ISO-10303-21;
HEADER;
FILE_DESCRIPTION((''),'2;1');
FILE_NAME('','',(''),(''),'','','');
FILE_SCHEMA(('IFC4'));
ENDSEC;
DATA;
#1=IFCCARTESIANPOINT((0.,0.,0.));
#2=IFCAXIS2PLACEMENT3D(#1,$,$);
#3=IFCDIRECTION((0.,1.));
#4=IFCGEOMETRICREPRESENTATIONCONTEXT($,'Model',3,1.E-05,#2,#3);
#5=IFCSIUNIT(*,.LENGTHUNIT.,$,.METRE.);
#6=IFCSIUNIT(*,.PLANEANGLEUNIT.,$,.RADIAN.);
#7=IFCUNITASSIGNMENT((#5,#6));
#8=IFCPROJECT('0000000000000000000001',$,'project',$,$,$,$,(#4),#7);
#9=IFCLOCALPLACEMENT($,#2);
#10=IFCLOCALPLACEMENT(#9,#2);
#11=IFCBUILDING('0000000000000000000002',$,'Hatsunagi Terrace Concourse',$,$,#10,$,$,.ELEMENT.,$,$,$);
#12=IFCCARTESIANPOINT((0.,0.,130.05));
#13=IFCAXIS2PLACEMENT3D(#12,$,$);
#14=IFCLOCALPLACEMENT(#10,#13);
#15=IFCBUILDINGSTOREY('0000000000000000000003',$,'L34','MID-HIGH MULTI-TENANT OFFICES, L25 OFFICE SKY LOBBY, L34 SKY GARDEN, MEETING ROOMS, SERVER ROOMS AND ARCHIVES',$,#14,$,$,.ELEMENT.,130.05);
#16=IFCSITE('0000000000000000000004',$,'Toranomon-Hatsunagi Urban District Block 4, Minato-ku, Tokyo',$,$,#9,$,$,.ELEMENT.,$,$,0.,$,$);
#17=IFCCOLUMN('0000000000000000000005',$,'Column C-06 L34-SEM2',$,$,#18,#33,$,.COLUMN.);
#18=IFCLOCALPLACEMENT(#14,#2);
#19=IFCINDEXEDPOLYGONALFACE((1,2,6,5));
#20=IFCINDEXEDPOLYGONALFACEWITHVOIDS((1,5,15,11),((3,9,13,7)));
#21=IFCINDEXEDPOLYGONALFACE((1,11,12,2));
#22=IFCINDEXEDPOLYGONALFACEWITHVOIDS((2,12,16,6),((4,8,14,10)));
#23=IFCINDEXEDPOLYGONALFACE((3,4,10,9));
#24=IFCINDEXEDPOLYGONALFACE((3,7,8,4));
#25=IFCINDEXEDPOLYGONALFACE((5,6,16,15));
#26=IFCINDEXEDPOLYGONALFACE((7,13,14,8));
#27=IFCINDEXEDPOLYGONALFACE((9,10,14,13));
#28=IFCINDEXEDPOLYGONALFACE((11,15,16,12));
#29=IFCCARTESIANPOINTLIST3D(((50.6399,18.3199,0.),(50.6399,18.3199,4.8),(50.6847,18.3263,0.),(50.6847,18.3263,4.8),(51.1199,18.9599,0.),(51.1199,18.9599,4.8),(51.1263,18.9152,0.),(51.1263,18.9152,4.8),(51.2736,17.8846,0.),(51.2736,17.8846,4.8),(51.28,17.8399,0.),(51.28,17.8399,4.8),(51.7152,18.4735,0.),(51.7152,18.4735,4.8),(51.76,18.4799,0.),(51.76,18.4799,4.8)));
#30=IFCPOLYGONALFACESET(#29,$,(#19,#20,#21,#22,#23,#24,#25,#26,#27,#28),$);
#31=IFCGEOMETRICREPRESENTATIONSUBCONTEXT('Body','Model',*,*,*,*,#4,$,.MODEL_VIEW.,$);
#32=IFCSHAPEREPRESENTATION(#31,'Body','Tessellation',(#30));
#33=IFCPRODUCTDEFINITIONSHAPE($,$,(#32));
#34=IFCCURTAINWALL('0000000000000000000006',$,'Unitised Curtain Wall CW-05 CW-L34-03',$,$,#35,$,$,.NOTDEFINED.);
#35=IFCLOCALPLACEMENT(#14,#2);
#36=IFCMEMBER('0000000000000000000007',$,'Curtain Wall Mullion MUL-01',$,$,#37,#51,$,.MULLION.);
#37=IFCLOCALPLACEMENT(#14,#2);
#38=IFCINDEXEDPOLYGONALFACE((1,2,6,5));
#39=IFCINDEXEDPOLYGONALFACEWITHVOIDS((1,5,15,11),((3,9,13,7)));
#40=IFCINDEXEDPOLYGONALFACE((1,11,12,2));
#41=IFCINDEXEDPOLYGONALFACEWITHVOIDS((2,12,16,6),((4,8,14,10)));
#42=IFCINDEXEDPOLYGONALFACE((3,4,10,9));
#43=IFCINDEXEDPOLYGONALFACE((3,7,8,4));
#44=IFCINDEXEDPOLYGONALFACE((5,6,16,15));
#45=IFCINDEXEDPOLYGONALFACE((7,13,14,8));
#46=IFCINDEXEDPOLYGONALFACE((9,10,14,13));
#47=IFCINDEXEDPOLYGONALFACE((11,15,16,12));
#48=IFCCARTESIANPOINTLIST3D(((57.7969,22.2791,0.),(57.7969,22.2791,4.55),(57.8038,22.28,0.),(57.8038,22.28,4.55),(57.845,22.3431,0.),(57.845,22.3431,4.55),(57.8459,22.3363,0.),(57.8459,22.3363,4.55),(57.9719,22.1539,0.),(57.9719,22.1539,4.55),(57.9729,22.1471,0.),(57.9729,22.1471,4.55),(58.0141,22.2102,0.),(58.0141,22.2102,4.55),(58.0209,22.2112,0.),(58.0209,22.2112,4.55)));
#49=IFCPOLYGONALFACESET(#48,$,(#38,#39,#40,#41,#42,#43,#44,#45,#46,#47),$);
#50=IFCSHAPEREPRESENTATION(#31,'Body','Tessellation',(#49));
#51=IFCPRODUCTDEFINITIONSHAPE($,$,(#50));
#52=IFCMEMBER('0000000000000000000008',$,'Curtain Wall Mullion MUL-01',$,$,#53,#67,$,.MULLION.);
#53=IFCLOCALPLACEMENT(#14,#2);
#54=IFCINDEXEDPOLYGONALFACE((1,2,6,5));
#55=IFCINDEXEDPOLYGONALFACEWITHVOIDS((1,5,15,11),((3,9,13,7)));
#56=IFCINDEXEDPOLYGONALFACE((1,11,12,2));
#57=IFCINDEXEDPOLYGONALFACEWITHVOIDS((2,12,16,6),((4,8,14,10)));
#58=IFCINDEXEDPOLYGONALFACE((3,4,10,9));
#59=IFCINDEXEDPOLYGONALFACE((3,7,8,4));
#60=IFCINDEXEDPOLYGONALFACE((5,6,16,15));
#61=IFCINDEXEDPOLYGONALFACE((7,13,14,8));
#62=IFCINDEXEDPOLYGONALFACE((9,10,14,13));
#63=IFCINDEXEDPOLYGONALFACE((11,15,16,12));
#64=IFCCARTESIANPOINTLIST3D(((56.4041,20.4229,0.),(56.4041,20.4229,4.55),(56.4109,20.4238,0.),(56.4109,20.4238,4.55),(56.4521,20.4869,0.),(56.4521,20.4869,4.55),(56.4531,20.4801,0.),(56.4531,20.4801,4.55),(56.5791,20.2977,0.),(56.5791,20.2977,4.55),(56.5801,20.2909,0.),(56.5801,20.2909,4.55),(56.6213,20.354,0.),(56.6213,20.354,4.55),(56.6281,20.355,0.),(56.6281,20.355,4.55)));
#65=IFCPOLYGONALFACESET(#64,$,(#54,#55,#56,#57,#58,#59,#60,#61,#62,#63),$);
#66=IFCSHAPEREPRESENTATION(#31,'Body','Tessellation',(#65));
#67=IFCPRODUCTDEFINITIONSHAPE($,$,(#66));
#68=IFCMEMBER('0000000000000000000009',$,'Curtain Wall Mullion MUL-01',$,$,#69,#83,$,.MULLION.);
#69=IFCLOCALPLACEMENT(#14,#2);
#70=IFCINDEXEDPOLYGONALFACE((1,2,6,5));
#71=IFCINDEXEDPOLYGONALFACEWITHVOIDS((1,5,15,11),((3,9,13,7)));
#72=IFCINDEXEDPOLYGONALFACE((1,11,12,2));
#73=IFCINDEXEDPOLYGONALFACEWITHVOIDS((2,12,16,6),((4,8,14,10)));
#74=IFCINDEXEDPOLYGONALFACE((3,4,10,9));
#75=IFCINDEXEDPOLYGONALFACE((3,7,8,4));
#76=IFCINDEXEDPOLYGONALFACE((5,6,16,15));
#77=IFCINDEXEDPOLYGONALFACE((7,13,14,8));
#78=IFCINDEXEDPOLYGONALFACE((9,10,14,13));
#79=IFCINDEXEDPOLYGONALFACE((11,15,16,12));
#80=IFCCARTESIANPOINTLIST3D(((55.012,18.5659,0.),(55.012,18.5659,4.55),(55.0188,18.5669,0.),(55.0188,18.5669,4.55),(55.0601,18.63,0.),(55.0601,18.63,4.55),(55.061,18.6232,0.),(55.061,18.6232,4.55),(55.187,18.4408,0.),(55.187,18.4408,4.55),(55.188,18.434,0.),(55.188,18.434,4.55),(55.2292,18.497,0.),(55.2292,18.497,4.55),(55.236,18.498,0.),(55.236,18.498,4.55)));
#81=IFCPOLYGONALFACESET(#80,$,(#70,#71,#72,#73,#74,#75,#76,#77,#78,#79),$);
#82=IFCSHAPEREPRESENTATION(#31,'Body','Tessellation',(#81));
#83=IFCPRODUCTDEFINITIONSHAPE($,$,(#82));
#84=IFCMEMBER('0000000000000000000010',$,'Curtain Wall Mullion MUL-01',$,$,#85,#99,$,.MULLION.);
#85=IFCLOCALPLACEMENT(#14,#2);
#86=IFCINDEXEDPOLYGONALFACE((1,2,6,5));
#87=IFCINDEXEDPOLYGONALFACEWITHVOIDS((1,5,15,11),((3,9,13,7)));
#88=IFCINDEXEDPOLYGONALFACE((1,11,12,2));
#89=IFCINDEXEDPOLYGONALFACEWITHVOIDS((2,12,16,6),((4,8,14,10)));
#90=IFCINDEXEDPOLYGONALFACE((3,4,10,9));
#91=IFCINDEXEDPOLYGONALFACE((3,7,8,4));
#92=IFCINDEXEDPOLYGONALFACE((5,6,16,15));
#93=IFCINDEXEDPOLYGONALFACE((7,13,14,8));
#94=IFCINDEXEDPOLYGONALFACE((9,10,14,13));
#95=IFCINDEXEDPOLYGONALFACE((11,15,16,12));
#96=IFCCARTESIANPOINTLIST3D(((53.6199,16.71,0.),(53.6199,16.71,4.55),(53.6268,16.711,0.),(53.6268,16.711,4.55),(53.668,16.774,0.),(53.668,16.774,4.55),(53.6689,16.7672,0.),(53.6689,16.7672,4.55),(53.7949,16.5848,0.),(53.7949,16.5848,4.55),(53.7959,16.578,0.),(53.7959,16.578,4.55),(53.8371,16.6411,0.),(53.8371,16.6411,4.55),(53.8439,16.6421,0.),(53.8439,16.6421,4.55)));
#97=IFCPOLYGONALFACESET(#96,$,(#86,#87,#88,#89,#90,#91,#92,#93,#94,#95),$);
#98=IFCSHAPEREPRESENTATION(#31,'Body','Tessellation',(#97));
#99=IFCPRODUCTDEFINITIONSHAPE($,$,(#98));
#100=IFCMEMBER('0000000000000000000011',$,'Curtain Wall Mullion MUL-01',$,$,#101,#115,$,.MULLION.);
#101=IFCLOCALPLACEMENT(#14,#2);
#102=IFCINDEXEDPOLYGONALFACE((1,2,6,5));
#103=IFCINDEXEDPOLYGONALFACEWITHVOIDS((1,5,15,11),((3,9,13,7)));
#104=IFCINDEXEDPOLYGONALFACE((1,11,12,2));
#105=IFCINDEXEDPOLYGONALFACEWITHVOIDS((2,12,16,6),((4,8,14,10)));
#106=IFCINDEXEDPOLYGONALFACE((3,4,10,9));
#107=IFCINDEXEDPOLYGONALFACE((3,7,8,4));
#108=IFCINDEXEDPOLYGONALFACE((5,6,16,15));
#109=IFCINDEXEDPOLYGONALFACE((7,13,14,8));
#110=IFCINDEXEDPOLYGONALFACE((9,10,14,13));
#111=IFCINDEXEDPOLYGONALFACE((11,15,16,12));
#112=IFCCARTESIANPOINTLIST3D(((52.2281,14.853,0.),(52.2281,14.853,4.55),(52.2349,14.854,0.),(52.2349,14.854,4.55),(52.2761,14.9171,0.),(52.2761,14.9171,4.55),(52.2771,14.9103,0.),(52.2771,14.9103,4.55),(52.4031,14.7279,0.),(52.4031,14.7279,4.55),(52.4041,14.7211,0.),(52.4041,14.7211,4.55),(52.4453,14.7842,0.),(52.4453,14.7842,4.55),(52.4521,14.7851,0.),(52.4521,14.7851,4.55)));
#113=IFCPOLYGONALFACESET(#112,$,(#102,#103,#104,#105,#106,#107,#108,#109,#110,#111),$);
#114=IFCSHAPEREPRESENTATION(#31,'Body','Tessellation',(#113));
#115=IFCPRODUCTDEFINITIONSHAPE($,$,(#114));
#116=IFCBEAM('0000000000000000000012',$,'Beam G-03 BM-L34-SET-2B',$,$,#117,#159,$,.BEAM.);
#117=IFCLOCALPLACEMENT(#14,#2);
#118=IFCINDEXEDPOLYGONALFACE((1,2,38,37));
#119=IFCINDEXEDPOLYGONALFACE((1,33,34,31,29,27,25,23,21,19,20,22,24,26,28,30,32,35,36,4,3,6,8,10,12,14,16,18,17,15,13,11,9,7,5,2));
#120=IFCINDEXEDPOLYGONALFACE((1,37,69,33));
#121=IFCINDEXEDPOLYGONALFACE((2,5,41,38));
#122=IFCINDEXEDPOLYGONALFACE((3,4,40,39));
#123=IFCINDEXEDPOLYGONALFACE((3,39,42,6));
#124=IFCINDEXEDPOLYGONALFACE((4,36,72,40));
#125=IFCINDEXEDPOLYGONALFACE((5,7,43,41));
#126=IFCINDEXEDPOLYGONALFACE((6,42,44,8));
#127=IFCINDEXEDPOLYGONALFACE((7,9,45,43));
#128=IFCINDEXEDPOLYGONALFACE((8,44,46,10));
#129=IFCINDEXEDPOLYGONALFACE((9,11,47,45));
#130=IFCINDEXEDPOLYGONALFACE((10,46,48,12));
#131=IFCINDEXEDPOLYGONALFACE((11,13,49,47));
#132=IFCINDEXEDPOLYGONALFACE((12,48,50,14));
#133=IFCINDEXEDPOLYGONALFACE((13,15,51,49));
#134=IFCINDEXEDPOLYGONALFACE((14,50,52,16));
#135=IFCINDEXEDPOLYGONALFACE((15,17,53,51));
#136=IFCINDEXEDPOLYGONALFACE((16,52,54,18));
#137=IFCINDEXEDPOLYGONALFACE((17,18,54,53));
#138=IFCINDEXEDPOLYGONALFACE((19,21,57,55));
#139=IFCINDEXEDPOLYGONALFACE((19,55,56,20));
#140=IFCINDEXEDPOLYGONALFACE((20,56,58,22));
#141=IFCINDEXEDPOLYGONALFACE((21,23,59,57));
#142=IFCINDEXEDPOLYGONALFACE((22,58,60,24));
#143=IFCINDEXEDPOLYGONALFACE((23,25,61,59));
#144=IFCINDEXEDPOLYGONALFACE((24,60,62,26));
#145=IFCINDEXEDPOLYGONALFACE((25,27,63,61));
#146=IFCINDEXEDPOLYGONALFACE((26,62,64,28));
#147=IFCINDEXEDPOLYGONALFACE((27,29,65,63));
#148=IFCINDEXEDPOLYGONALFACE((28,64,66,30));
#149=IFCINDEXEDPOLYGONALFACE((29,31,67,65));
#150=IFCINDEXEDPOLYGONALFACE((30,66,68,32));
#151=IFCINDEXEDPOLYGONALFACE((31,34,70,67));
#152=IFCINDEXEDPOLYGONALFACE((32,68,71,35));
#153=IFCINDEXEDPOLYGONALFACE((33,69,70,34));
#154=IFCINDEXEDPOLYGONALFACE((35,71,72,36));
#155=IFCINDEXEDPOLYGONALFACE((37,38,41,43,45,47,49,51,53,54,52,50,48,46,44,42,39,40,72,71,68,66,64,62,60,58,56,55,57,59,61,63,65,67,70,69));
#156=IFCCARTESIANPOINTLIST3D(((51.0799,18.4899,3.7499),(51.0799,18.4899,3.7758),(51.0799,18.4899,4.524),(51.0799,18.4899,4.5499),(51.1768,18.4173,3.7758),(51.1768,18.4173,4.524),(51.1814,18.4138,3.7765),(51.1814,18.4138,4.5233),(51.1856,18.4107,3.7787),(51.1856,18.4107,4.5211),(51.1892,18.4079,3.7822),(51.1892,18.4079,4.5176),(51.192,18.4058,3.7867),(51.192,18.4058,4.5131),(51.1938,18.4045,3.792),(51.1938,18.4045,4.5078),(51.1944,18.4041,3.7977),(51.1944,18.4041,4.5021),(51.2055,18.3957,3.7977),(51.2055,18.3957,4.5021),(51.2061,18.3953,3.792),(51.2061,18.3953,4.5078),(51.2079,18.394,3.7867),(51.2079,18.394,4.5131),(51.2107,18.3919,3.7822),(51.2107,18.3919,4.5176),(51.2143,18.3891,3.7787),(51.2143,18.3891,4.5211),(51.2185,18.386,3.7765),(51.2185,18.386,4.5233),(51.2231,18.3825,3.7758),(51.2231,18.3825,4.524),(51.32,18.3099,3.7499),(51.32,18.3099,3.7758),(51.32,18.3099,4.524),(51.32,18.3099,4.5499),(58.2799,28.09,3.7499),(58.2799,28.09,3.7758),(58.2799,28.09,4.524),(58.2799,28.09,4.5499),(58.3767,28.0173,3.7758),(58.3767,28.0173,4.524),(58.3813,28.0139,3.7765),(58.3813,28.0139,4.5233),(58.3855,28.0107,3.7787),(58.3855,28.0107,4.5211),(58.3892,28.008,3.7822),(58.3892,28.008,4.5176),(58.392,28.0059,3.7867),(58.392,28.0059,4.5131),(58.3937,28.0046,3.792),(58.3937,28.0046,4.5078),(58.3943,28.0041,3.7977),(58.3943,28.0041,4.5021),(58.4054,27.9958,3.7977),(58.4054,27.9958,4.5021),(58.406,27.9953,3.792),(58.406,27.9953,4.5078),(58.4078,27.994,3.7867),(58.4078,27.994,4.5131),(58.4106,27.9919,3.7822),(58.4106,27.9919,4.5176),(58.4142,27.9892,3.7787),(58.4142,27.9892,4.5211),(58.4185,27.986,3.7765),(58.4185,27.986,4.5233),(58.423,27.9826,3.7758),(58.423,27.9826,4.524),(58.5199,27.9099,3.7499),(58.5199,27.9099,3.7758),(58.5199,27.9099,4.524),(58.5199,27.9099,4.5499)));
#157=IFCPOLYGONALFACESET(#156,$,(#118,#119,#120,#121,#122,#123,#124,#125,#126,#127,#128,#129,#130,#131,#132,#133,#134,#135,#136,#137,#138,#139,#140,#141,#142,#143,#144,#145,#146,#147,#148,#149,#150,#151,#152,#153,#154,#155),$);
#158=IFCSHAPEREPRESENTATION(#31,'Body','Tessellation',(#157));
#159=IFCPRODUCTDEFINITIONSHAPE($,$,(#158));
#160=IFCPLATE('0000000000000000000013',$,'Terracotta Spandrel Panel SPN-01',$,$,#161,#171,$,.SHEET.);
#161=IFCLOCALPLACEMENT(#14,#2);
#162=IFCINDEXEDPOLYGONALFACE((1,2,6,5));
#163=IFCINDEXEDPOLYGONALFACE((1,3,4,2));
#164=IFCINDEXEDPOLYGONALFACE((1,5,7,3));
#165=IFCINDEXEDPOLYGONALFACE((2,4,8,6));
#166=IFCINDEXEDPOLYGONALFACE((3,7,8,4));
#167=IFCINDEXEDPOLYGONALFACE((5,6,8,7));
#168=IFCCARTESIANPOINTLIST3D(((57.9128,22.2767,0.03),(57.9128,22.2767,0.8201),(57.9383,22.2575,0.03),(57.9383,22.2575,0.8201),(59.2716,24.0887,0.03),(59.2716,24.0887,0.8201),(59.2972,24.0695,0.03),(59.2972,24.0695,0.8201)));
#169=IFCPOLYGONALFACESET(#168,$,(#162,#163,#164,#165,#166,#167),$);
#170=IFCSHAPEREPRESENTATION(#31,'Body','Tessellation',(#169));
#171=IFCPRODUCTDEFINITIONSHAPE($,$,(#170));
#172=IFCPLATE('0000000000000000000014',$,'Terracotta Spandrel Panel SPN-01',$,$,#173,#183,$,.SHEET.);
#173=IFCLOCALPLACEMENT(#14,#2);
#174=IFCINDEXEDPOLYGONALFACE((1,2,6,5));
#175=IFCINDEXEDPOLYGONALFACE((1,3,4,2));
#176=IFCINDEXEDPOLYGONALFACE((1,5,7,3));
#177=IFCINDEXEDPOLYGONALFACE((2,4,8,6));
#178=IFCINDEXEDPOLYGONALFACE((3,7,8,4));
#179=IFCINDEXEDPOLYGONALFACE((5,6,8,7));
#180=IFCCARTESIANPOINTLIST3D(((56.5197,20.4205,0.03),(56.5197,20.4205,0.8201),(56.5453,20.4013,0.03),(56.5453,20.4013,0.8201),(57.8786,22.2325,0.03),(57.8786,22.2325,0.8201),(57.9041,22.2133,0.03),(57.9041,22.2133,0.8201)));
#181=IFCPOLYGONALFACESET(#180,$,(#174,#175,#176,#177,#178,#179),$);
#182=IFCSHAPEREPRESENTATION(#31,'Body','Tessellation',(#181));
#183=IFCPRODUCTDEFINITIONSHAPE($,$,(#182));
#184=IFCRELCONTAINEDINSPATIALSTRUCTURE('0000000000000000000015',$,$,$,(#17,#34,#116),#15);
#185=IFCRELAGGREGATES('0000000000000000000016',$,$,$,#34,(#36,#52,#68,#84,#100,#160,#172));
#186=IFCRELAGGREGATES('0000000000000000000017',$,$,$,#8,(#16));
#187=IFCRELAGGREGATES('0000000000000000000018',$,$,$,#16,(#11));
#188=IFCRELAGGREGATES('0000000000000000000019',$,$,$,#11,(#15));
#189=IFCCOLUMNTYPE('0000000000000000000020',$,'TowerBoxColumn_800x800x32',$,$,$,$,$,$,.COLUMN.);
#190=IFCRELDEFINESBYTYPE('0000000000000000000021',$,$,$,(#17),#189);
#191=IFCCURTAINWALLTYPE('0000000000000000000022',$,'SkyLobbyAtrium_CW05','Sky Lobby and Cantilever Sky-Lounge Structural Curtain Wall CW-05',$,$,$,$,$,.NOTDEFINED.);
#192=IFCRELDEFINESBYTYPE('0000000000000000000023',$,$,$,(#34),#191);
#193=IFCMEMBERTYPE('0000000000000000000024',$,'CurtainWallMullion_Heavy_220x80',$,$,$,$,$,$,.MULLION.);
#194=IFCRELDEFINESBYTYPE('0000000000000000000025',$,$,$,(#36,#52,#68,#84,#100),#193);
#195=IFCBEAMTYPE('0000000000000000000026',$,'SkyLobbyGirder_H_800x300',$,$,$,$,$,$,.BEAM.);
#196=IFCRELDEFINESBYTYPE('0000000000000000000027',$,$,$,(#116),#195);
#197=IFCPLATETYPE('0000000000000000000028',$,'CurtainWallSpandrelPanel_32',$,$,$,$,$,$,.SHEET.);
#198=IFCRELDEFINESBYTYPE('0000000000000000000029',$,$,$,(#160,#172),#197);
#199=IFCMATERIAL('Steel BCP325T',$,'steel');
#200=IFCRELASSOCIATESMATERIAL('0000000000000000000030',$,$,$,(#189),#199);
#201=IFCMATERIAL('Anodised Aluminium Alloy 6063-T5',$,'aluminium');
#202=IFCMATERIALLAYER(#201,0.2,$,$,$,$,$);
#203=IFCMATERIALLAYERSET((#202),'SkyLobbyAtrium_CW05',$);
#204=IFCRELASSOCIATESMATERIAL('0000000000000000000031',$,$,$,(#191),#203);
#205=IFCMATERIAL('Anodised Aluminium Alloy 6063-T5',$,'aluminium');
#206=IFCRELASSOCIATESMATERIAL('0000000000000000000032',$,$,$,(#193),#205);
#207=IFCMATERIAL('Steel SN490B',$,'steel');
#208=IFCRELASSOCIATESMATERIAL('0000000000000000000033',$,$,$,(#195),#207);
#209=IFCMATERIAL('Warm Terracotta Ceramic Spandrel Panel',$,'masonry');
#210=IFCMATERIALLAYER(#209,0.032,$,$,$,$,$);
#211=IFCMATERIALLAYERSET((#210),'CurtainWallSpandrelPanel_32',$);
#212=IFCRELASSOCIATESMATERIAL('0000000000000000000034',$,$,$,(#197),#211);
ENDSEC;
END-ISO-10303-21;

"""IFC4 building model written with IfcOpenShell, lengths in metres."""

from ifc_helpers import new_model, si_unit, direction, frame, origin, origin_2d, place, context, subcontext, project, spatial, rectangle, hollow_rectangle, i_section, extrude, material, layer, layer_set, material_profile, profile_set, type_object, element, aggregate, save


model = new_model("IFC4")

# Units and contexts
model_context = context("Model", 3, precision=1e-05, world=origin(), true_north=direction((0.0, 1.0)))
body_context = subcontext(model_context, "Body", "Model", "MODEL_VIEW")
ifc_project = project(units=[si_unit("LENGTHUNIT", "METRE"), si_unit("PLANEANGLEUNIT", "RADIAN")], contexts=[model_context])

# Site, building, storey
site_placement = place(None, origin())
site = spatial("IfcSite", under=ifc_project, at=site_placement, Name="Toranomon-Hatsunagi Urban District Block 4, Minato-ku, Tokyo", CompositionType="ELEMENT", RefElevation=0.0)
building_placement = place(site_placement, origin())
building = spatial("IfcBuilding", under=site, at=building_placement, Name="Hatsunagi Terrace Concourse", CompositionType="ELEMENT")
storey_placement = place(building_placement, frame((0.0, 0.0, 130.05)))
storey = spatial("IfcBuildingStorey", under=building, at=storey_placement, Name="L34", Description="MID-HIGH MULTI-TENANT OFFICES, L25 OFFICE SKY LOBBY, L34 SKY GARDEN, MEETING ROOMS, SERVER ROOMS AND ARCHIVES", CompositionType="ELEMENT", Elevation=130.05)

# Column
ifc_material_1 = material(Name="Steel BCP325T", Category="steel")
ifc_material_profile_1 = material_profile(ifc_material_1, hollow_rectangle(XDim=0.8, YDim=0.8, WallThickness=0.032, at=origin_2d()), Name="BCP-800x800x32")
ifc_profile_set_1 = profile_set([ifc_material_profile_1], Name="Steel BCP325T")
column_type = type_object("IfcColumnType", Name="TowerBoxColumn_800x800x32", PredefinedType="COLUMN", material=ifc_profile_set_1)
column_placement = place(storey_placement, frame((51.2, 18.3999, 0.0), z_axis=(0.0, 0.0, 1.0), x_axis=(0.8, -0.6, 0.0)))
element("IfcColumn", 1, at=column_placement, inside=storey, type_object=column_type, Name="Column C-06 L34-SEM2", PredefinedType="COLUMN", context=body_context, shape_type="SweptSolid", body=[
    extrude(hollow_rectangle(XDim=0.8, YDim=0.8, WallThickness=0.032, at=origin_2d()), origin(), (0.0, 0.0, 1.0), 4.8),
])

# Curtain wall, members
ifc_material_2 = material(Name="Anodised Aluminium Alloy 6063-T5", Category="aluminium")
ifc_layer_1 = layer(ifc_material_2, 0.2)
ifc_layer_set_1 = layer_set([ifc_layer_1], Name="SkyLobbyAtrium_CW05")
curtain_wall_type = type_object("IfcCurtainWallType", Name="SkyLobbyAtrium_CW05", Description="Sky Lobby and Cantilever Sky-Lounge Structural Curtain Wall CW-05", PredefinedType="NOTDEFINED", material=ifc_layer_set_1)
curtain_wall_placement = place(storey_placement, origin())
curtain_wall = element("IfcCurtainWall", 2, at=curtain_wall_placement, inside=storey, type_object=curtain_wall_type, Name="Unitised Curtain Wall CW-05 CW-L34-03", PredefinedType="NOTDEFINED")
ifc_material_3 = material(Name="Anodised Aluminium Alloy 6063-T5", Category="aluminium")
ifc_material_profile_2 = material_profile(ifc_material_3, hollow_rectangle(XDim=0.0801, YDim=0.22, WallThickness=0.0049, at=origin_2d()), Name="ALU-MUL-220x80x5")
ifc_profile_set_2 = profile_set([ifc_material_profile_2], Name="Anodised Aluminium Alloy 6063-T5")
member_type = type_object("IfcMemberType", Name="CurtainWallMullion_Heavy_220x80", PredefinedType="MULLION", material=ifc_profile_set_2)
member_1_placement = place(storey_placement, frame((57.9089, 22.2451, 0.0), z_axis=(0.0, 0.0, 1.0), x_axis=(-0.599969, -0.800023, 0.0)))
member_1 = element("IfcMember", 3, at=member_1_placement, type_object=member_type, Name="Curtain Wall Mullion MUL-01", PredefinedType="MULLION", context=body_context, shape_type="SweptSolid", body=[
    extrude(hollow_rectangle(XDim=0.0801, YDim=0.22, WallThickness=0.0049, at=origin_2d()), origin(), (0.0, 0.0, 1.0), 4.55),
])
member_2_placement = place(storey_placement, frame((56.5161, 20.3889, 0.0), z_axis=(0.0, 0.0, 1.0), x_axis=(-0.599969, -0.800023, 0.0)))
member_2 = element("IfcMember", 4, at=member_2_placement, type_object=member_type, Name="Curtain Wall Mullion MUL-01", PredefinedType="MULLION", context=body_context, shape_type="SweptSolid", body=[
    extrude(hollow_rectangle(XDim=0.0801, YDim=0.22, WallThickness=0.0049, at=origin_2d()), origin(), (0.0, 0.0, 1.0), 4.55),
])
member_3_placement = place(storey_placement, frame((55.124, 18.532, 0.0), z_axis=(0.0, 0.0, 1.0), x_axis=(-0.599969, -0.800023, 0.0)))
member_3 = element("IfcMember", 5, at=member_3_placement, type_object=member_type, Name="Curtain Wall Mullion MUL-01", PredefinedType="MULLION", context=body_context, shape_type="SweptSolid", body=[
    extrude(hollow_rectangle(XDim=0.0801, YDim=0.22, WallThickness=0.0049, at=origin_2d()), origin(), (0.0, 0.0, 1.0), 4.55),
])
member_4_placement = place(storey_placement, frame((53.7319, 16.676, 0.0), z_axis=(0.0, 0.0, 1.0), x_axis=(-0.599969, -0.800023, 0.0)))
member_4 = element("IfcMember", 6, at=member_4_placement, type_object=member_type, Name="Curtain Wall Mullion MUL-01", PredefinedType="MULLION", context=body_context, shape_type="SweptSolid", body=[
    extrude(hollow_rectangle(XDim=0.0801, YDim=0.22, WallThickness=0.0049, at=origin_2d()), origin(), (0.0, 0.0, 1.0), 4.55),
])
member_5_placement = place(storey_placement, frame((52.3401, 14.8191, 0.0), z_axis=(0.0, 0.0, 1.0), x_axis=(-0.599969, -0.800023, 0.0)))
member_5 = element("IfcMember", 7, at=member_5_placement, type_object=member_type, Name="Curtain Wall Mullion MUL-01", PredefinedType="MULLION", context=body_context, shape_type="SweptSolid", body=[
    extrude(hollow_rectangle(XDim=0.0801, YDim=0.22, WallThickness=0.0049, at=origin_2d()), origin(), (0.0, 0.0, 1.0), 4.55),
])

# Beam
ifc_material_4 = material(Name="Steel SN490B", Category="steel")
ifc_material_profile_3 = material_profile(ifc_material_4, i_section(OverallWidth=0.3, OverallDepth=0.8, WebThickness=0.0139, FlangeThickness=0.0259, FilletRadius=0.022, at=origin_2d()), Name="H-800x300x14x26")
ifc_profile_set_3 = profile_set([ifc_material_profile_3], Name="Steel SN490B")
beam_type = type_object("IfcBeamType", Name="SkyLobbyGirder_H_800x300", PredefinedType="BEAM", material=ifc_profile_set_3)
beam_placement = place(storey_placement, frame((51.2, 18.3999, 4.1499), z_axis=(0.599993, 0.800005, 0.0), x_axis=(-0.800005, 0.599993, 0.0)))
element("IfcBeam", 8, at=beam_placement, inside=storey, type_object=beam_type, Name="Beam G-03 BM-L34-SET-2B", PredefinedType="BEAM", context=body_context, shape_type="SweptSolid", body=[
    extrude(i_section(OverallWidth=0.3, OverallDepth=0.8, WebThickness=0.0139, FlangeThickness=0.0259, FilletRadius=0.022, at=origin_2d()), origin(), (0.0, 0.0, 1.0), 12.0),
])

# Plates
ifc_material_5 = material(Name="Warm Terracotta Ceramic Spandrel Panel", Category="masonry")
ifc_layer_2 = layer(ifc_material_5, 0.032)
ifc_layer_set_2 = layer_set([ifc_layer_2], Name="CurtainWallSpandrelPanel_32")
plate_type_1 = type_object("IfcPlateType", Name="CurtainWallSpandrelPanel_32", PredefinedType="SHEET", material=ifc_layer_set_2)
plate_1_placement = place(storey_placement, frame((58.605, 23.1731, 0.03), z_axis=(0.0, 0.0, 1.0), x_axis=(-0.599969, -0.800023, 0.0)))
plate_1 = element("IfcPlate", 9, at=plate_1_placement, type_object=plate_type_1, Name="Terracotta Spandrel Panel SPN-01", PredefinedType="SHEET", context=body_context, shape_type="SweptSolid", body=[
    extrude(rectangle(XDim=2.2649, YDim=0.032, at=origin_2d()), origin(), (0.0, 0.0, 1.0), 0.79),
])
plate_2_placement = place(storey_placement, frame((57.2119, 21.3169, 0.03), z_axis=(0.0, 0.0, 1.0), x_axis=(-0.599969, -0.800023, 0.0)))
plate_2 = element("IfcPlate", 10, at=plate_2_placement, type_object=plate_type_1, Name="Terracotta Spandrel Panel SPN-01", PredefinedType="SHEET", context=body_context, shape_type="SweptSolid", body=[
    extrude(rectangle(XDim=2.2649, YDim=0.032, at=origin_2d()), origin(), (0.0, 0.0, 1.0), 0.79),
])
aggregate(curtain_wall, [member_1, member_2, member_3, member_4, member_5, plate_1, plate_2])

save(model, "model.ifc")
